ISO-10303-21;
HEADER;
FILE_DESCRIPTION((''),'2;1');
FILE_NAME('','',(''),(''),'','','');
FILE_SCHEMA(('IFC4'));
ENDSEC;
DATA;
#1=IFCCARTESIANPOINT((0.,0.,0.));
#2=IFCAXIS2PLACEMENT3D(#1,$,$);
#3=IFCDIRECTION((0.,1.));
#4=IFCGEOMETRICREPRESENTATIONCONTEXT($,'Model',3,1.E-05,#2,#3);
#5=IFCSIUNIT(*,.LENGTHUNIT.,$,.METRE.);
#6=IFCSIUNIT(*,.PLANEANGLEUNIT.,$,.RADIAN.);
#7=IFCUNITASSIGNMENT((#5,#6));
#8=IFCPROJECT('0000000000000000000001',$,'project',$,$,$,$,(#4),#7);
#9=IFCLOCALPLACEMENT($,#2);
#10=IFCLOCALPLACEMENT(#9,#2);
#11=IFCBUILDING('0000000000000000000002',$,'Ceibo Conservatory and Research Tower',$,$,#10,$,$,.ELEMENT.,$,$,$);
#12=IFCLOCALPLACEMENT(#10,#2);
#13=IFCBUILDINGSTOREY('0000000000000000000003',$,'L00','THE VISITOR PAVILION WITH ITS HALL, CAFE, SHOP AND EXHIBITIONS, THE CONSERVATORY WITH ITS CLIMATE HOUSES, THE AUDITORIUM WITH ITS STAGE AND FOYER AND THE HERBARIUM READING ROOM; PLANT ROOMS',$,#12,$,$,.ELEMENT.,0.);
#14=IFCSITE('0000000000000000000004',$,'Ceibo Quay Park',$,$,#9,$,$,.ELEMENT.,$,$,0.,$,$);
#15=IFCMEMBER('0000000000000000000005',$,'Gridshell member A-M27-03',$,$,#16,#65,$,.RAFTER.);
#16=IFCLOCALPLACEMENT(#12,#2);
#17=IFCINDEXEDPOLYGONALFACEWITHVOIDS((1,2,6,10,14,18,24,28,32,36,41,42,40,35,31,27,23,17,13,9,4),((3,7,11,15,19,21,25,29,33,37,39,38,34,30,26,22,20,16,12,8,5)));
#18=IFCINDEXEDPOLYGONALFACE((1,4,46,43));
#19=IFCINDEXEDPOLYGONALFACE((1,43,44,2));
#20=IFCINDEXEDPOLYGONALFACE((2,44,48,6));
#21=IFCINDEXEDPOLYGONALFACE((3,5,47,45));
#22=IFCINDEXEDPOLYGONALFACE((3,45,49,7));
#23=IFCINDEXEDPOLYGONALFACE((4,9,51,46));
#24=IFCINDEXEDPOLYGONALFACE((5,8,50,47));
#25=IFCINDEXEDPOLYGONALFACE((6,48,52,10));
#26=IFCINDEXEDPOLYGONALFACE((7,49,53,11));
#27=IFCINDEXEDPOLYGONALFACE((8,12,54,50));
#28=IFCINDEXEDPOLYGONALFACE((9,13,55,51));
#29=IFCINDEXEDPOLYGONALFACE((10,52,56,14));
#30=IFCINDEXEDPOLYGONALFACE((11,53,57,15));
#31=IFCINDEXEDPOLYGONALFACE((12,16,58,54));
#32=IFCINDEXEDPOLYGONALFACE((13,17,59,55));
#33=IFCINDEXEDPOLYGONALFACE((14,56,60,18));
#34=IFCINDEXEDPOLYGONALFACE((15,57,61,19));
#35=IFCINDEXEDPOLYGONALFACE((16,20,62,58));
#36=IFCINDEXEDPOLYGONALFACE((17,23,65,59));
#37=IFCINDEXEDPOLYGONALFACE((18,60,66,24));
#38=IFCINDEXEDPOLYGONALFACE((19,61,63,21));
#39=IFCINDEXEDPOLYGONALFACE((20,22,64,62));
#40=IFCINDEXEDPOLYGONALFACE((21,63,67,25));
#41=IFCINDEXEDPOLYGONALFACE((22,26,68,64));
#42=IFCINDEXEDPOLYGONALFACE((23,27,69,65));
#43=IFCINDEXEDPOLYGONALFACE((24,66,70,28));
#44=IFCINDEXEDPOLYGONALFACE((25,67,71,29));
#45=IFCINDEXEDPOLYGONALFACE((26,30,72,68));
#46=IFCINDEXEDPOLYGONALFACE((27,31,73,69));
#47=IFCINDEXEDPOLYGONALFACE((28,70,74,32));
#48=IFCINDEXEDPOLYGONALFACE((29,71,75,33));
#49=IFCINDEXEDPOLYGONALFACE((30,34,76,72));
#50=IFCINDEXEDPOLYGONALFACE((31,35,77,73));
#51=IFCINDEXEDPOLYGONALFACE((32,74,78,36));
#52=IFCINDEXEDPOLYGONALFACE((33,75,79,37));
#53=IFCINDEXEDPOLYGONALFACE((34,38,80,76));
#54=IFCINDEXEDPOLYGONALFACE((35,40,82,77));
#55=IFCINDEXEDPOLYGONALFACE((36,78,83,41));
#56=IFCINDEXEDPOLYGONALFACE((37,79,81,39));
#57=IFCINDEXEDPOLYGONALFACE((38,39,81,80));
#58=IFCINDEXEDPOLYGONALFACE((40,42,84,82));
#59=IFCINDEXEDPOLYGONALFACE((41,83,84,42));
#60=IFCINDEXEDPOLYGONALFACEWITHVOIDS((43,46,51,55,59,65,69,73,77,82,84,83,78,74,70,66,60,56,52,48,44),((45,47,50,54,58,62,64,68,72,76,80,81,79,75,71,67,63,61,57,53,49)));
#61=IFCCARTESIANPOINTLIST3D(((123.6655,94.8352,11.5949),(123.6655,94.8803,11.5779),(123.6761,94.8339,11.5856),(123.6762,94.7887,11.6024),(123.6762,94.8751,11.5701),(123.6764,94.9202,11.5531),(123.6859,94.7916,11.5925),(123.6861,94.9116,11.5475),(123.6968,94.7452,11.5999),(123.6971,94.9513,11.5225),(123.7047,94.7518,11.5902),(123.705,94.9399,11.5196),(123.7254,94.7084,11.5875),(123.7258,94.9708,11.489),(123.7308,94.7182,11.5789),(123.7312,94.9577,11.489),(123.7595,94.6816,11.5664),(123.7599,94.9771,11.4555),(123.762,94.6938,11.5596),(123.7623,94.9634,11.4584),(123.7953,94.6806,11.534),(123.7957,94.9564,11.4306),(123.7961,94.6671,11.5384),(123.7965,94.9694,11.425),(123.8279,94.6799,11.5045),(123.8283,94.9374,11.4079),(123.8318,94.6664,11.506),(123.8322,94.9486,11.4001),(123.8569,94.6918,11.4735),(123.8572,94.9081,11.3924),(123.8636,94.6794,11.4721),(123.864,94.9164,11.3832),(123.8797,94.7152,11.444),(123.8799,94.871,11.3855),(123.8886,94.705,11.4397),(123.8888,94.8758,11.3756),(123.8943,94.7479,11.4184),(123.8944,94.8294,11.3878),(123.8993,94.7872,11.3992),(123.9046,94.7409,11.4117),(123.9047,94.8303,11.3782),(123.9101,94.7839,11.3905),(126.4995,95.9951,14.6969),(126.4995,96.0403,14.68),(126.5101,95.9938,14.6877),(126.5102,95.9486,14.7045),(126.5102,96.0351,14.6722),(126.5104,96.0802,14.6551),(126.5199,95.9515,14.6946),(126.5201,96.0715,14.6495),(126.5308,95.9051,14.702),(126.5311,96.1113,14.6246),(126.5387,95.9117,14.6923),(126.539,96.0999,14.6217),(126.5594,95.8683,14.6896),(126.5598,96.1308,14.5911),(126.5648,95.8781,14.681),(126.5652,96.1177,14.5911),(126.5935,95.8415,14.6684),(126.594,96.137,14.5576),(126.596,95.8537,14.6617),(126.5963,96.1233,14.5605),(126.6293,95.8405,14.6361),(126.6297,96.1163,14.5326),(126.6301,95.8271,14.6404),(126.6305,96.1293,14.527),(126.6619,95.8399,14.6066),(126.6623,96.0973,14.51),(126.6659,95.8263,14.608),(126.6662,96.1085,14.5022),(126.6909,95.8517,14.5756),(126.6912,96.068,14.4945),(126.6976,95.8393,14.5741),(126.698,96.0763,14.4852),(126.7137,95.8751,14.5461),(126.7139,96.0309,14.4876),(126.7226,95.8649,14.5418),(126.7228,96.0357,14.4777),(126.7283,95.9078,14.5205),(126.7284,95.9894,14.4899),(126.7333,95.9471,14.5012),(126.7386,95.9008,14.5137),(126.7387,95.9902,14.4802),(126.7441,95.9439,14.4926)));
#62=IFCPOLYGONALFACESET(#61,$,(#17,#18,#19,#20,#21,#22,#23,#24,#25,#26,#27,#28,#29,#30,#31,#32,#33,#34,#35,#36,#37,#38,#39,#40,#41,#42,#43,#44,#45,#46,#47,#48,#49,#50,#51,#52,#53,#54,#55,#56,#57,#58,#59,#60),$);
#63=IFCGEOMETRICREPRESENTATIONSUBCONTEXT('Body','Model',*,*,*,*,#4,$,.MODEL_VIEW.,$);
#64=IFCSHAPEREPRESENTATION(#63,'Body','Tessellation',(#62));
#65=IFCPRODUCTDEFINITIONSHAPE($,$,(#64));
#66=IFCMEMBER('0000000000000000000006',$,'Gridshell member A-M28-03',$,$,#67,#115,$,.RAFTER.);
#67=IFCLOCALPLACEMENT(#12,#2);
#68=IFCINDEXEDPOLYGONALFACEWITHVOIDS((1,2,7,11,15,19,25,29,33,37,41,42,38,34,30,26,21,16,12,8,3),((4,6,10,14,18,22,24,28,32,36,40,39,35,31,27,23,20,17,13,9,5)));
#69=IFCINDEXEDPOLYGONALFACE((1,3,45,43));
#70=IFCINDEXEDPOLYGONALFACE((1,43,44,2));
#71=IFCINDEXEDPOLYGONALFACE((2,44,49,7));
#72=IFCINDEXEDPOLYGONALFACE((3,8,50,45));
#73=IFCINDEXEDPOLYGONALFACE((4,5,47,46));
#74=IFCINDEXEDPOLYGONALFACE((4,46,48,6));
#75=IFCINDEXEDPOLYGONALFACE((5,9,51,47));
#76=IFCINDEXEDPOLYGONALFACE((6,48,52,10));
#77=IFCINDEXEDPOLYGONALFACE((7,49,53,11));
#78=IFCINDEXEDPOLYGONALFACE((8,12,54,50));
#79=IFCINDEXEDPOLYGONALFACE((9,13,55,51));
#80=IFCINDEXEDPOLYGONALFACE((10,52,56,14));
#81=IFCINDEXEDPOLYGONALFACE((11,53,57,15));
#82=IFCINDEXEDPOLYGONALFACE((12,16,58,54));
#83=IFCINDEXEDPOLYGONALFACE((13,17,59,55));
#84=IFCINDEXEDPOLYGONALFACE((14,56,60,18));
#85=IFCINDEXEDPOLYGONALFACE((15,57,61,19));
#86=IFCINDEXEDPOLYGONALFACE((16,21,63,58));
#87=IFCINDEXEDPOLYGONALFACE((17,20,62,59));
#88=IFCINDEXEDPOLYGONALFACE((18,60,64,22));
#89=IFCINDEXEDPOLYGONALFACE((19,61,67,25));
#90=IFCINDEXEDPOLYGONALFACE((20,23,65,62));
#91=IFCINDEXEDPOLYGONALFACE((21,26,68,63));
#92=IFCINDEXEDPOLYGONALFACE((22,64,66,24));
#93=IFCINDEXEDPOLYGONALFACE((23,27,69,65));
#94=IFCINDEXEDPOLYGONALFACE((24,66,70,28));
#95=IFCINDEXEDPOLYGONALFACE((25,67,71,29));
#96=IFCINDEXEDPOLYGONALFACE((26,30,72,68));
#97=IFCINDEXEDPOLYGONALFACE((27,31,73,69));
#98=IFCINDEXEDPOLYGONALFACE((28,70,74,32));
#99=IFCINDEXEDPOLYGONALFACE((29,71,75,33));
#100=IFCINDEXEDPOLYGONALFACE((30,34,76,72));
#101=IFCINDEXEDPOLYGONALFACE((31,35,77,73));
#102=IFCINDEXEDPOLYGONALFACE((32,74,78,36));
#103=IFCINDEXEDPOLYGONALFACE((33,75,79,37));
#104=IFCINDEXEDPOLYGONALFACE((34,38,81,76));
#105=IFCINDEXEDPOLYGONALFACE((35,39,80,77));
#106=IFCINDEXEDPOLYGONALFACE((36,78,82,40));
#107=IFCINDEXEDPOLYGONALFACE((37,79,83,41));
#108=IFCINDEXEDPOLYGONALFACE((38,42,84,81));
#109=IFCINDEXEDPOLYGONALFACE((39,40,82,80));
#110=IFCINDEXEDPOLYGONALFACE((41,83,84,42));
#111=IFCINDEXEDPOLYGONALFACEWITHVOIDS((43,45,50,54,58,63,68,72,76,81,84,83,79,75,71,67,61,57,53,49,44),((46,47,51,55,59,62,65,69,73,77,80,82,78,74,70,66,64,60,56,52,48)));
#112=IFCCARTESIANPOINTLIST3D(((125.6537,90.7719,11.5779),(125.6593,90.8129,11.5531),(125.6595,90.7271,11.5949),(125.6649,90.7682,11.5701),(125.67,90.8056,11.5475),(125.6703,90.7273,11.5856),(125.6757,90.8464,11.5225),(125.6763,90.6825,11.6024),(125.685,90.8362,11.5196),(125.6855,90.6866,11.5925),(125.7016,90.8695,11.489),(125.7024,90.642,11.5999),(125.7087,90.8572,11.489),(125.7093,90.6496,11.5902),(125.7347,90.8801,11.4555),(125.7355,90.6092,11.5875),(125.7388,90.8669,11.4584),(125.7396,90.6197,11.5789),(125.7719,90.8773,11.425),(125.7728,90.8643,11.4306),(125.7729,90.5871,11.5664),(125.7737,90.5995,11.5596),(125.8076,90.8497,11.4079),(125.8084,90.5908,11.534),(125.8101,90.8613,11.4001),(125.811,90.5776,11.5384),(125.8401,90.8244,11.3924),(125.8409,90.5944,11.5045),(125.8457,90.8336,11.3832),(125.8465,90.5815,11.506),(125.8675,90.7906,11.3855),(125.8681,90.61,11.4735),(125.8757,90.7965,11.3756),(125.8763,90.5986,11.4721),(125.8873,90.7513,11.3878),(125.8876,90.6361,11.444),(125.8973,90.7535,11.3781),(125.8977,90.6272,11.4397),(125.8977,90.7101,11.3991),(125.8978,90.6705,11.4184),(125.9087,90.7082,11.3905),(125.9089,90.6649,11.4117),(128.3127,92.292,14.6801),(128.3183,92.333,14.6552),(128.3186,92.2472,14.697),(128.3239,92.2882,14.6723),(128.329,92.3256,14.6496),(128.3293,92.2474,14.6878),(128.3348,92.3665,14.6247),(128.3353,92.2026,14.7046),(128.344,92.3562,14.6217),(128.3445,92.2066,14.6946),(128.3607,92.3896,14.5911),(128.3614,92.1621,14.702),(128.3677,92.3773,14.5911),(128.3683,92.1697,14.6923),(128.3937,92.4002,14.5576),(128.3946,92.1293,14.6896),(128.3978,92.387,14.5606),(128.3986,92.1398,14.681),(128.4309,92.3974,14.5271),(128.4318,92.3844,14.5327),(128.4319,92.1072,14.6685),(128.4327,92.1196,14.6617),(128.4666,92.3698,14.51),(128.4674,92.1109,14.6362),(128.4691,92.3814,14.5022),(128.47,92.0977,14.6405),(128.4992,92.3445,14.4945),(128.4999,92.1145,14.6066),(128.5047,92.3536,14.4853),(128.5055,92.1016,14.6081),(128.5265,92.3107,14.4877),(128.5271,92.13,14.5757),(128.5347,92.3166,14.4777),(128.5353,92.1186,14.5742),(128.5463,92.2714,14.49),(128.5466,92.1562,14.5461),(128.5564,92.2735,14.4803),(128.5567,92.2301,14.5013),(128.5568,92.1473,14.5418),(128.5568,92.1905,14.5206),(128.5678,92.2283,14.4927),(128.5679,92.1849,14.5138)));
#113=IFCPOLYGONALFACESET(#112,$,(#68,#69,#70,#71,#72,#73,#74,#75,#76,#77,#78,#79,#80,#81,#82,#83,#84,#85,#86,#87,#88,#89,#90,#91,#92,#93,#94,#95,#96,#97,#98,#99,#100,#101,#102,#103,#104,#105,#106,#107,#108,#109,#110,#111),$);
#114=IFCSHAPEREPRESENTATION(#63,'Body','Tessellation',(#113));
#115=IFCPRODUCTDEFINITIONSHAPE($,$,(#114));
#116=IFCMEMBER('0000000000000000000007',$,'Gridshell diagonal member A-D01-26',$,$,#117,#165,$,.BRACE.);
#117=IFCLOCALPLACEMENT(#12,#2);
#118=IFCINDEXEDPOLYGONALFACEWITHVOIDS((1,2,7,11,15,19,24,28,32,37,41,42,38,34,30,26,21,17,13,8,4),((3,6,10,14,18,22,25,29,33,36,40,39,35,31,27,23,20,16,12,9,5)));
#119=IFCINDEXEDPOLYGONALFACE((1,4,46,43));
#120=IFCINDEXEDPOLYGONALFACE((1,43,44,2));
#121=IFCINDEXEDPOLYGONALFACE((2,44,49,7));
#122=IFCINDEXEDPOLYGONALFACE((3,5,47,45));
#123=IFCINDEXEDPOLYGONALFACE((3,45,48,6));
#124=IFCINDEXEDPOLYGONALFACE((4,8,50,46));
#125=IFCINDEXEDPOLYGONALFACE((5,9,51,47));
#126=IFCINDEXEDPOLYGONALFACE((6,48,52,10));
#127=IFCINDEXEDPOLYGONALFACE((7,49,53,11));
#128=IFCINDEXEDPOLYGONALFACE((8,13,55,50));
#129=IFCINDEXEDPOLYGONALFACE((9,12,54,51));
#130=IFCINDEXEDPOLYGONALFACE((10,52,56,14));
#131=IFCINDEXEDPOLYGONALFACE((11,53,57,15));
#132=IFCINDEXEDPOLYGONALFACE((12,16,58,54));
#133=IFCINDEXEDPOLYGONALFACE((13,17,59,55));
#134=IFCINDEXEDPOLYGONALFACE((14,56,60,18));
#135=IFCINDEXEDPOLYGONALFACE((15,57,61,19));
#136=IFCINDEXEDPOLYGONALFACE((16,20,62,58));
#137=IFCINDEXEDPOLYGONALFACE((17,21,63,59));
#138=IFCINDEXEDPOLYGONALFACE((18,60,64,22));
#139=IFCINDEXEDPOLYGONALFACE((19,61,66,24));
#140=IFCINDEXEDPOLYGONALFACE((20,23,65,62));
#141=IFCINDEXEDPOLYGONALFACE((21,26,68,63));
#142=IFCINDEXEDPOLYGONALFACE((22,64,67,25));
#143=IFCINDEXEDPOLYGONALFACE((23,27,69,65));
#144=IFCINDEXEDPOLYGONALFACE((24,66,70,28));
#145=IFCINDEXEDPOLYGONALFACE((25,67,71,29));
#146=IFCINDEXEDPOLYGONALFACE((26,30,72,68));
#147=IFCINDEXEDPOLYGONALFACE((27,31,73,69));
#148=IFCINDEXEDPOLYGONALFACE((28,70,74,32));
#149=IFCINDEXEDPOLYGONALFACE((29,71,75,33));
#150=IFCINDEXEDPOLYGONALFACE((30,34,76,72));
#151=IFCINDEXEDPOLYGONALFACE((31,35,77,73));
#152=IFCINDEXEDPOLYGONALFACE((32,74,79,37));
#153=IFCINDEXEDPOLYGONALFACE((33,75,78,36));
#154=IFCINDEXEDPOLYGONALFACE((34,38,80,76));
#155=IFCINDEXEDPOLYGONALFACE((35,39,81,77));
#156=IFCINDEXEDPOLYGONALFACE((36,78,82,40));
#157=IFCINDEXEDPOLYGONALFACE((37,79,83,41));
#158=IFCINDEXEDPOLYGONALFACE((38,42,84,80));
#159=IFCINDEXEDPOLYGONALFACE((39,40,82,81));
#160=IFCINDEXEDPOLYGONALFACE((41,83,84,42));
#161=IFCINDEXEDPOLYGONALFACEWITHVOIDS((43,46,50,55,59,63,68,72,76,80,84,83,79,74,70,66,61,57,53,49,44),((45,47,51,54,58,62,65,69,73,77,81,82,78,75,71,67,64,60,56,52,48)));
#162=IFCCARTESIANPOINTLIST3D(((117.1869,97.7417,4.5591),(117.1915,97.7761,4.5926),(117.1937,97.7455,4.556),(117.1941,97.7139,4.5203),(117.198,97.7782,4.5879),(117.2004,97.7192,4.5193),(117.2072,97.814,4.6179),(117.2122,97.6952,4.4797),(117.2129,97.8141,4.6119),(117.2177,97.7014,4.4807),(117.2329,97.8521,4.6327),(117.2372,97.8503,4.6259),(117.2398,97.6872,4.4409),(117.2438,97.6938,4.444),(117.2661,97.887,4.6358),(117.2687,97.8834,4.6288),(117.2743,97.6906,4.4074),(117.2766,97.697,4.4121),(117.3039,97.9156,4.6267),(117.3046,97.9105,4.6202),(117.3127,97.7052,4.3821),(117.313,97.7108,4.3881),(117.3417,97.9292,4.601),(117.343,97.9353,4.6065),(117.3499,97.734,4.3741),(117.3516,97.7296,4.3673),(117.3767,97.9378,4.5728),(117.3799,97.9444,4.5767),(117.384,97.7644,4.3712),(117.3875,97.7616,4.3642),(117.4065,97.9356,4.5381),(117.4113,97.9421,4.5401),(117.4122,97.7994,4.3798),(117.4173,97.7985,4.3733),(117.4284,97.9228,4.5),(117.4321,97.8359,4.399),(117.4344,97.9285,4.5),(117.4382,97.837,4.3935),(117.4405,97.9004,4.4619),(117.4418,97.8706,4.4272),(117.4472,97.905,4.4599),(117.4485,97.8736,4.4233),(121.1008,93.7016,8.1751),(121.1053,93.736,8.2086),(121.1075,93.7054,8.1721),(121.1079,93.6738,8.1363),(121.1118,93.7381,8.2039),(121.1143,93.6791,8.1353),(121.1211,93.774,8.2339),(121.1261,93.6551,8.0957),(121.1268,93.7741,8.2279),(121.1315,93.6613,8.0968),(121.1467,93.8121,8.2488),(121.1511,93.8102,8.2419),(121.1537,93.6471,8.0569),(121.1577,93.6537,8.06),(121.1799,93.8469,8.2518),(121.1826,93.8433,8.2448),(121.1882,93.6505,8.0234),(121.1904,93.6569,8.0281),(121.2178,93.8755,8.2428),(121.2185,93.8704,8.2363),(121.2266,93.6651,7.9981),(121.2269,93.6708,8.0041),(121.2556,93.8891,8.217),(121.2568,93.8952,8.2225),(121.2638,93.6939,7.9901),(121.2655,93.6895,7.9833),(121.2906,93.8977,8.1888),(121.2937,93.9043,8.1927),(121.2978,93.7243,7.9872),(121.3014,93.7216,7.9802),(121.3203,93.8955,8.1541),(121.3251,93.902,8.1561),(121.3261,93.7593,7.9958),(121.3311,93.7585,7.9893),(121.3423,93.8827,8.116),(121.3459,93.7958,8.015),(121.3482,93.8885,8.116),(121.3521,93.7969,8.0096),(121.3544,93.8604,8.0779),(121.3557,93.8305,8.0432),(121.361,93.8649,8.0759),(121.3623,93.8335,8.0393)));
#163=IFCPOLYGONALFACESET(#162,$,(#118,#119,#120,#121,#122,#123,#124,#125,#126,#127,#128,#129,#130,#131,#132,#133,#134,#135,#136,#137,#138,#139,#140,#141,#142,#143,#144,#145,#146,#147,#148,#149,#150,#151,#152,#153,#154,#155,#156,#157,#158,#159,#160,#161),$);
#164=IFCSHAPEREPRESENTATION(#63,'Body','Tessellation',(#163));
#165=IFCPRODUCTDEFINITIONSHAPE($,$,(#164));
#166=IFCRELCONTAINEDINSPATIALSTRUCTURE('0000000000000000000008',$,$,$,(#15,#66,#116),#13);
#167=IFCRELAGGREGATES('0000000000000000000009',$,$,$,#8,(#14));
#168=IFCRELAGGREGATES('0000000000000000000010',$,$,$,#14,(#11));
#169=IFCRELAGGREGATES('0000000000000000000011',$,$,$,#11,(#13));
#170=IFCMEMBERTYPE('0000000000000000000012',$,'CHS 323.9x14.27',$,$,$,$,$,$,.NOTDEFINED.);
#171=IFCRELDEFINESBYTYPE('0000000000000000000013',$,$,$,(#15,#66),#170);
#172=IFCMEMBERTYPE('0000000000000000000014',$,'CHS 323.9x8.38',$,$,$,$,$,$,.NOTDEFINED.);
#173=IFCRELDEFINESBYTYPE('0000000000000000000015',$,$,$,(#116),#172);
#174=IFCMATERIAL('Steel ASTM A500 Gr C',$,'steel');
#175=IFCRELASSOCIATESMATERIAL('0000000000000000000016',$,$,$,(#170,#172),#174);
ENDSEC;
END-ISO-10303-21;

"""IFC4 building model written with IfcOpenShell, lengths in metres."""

from ifc_helpers import new_model, si_unit, direction, frame, origin, origin_2d, place, context, subcontext, project, spatial, hollow_circle, extrude, material, material_profile, profile_set, type_object, element, save


model = new_model("IFC4")

# Units and contexts
model_context = context("Model", 3, precision=1e-05, world=origin(), true_north=direction((0.0, 1.0)))
body_context = subcontext(model_context, "Body", "Model", "MODEL_VIEW")
ifc_project = project(units=[si_unit("LENGTHUNIT", "METRE"), si_unit("PLANEANGLEUNIT", "RADIAN")], contexts=[model_context])

# Site, building, storey
site_placement = place(None, origin())
site = spatial("IfcSite", under=ifc_project, at=site_placement, Name="Ceibo Quay Park", CompositionType="ELEMENT", RefElevation=0.0)
building_placement = place(site_placement, origin())
building = spatial("IfcBuilding", under=site, at=building_placement, Name="Ceibo Conservatory and Research Tower", CompositionType="ELEMENT")
storey_placement = place(building_placement, origin())
storey = spatial("IfcBuildingStorey", under=building, at=storey_placement, Name="L00", Description="THE VISITOR PAVILION WITH ITS HALL, CAFE, SHOP AND EXHIBITIONS, THE CONSERVATORY WITH ITS CLIMATE HOUSES, THE AUDITORIUM WITH ITS STAGE AND FOYER AND THE HERBARIUM READING ROOM; PLANT ROOMS", CompositionType="ELEMENT", Elevation=0.0)

# Members
ifc_material_1 = material(Name="Steel ASTM A500 Gr C", Category="steel")
ifc_material_profile_1 = material_profile(ifc_material_1, hollow_circle(Radius=0.1619, WallThickness=0.0142, at=origin_2d()), Name="CHS 323.9x14.27")
ifc_profile_set_1 = profile_set([ifc_material_profile_1], Name="Steel ASTM A500 Gr C")
member_type_1 = type_object("IfcMemberType", Name="CHS 323.9x14.27", PredefinedType="NOTDEFINED", material=ifc_profile_set_1)
member_1_placement = place(storey_placement, frame((123.7871, 94.821, 11.489), z_axis=(0.650168, 0.266105, 0.711667), x_axis=(-0.378788, 0.925483, 0.0)))
element("IfcMember", 1, at=member_1_placement, inside=storey, type_object=member_type_1, Name="Gridshell member A-M27-03", PredefinedType="RAFTER", context=body_context, shape_type="SweptSolid", body=[
    extrude(hollow_circle(Radius=0.1619, WallThickness=0.0142, at=origin_2d()), origin(), (0.0, 0.0, 1.0), 4.3589),
])
member_2_placement = place(storey_placement, frame((125.782, 90.729, 11.489), z_axis=(0.609952, 0.348688, 0.711601), x_axis=(-0.496293, 0.868155, 0.0)))
element("IfcMember", 2, at=member_2_placement, inside=storey, type_object=member_type_1, Name="Gridshell member A-M28-03", PredefinedType="RAFTER", context=body_context, shape_type="SweptSolid", body=[
    extrude(hollow_circle(Radius=0.1619, WallThickness=0.0142, at=origin_2d()), origin(), (0.0, 0.0, 1.0), 4.3594),
])
ifc_material_profile_2 = material_profile(ifc_material_1, hollow_circle(Radius=0.1619, WallThickness=0.0083, at=origin_2d()), Name="CHS 323.9x8.38")
ifc_profile_set_2 = profile_set([ifc_material_profile_2], Name="Steel ASTM A500 Gr C")
member_type_2 = type_object("IfcMemberType", Name="CHS 323.9x8.38", PredefinedType="NOTDEFINED", material=ifc_profile_set_2)
member_3_placement = place(storey_placement, frame((117.3181, 97.8159, 4.5), z_axis=(0.585293, -0.604169, 0.540751), x_axis=(0.718238, 0.695798, 0.0)))
element("IfcMember", 3, at=member_3_placement, inside=storey, type_object=member_type_2, Name="Gridshell diagonal member A-D01-26", PredefinedType="BRACE", context=body_context, shape_type="SweptSolid", body=[
    extrude(hollow_circle(Radius=0.1619, WallThickness=0.0083, at=origin_2d()), origin(), (0.0, 0.0, 1.0), 6.687),
])

save(model, "model.ifc")
